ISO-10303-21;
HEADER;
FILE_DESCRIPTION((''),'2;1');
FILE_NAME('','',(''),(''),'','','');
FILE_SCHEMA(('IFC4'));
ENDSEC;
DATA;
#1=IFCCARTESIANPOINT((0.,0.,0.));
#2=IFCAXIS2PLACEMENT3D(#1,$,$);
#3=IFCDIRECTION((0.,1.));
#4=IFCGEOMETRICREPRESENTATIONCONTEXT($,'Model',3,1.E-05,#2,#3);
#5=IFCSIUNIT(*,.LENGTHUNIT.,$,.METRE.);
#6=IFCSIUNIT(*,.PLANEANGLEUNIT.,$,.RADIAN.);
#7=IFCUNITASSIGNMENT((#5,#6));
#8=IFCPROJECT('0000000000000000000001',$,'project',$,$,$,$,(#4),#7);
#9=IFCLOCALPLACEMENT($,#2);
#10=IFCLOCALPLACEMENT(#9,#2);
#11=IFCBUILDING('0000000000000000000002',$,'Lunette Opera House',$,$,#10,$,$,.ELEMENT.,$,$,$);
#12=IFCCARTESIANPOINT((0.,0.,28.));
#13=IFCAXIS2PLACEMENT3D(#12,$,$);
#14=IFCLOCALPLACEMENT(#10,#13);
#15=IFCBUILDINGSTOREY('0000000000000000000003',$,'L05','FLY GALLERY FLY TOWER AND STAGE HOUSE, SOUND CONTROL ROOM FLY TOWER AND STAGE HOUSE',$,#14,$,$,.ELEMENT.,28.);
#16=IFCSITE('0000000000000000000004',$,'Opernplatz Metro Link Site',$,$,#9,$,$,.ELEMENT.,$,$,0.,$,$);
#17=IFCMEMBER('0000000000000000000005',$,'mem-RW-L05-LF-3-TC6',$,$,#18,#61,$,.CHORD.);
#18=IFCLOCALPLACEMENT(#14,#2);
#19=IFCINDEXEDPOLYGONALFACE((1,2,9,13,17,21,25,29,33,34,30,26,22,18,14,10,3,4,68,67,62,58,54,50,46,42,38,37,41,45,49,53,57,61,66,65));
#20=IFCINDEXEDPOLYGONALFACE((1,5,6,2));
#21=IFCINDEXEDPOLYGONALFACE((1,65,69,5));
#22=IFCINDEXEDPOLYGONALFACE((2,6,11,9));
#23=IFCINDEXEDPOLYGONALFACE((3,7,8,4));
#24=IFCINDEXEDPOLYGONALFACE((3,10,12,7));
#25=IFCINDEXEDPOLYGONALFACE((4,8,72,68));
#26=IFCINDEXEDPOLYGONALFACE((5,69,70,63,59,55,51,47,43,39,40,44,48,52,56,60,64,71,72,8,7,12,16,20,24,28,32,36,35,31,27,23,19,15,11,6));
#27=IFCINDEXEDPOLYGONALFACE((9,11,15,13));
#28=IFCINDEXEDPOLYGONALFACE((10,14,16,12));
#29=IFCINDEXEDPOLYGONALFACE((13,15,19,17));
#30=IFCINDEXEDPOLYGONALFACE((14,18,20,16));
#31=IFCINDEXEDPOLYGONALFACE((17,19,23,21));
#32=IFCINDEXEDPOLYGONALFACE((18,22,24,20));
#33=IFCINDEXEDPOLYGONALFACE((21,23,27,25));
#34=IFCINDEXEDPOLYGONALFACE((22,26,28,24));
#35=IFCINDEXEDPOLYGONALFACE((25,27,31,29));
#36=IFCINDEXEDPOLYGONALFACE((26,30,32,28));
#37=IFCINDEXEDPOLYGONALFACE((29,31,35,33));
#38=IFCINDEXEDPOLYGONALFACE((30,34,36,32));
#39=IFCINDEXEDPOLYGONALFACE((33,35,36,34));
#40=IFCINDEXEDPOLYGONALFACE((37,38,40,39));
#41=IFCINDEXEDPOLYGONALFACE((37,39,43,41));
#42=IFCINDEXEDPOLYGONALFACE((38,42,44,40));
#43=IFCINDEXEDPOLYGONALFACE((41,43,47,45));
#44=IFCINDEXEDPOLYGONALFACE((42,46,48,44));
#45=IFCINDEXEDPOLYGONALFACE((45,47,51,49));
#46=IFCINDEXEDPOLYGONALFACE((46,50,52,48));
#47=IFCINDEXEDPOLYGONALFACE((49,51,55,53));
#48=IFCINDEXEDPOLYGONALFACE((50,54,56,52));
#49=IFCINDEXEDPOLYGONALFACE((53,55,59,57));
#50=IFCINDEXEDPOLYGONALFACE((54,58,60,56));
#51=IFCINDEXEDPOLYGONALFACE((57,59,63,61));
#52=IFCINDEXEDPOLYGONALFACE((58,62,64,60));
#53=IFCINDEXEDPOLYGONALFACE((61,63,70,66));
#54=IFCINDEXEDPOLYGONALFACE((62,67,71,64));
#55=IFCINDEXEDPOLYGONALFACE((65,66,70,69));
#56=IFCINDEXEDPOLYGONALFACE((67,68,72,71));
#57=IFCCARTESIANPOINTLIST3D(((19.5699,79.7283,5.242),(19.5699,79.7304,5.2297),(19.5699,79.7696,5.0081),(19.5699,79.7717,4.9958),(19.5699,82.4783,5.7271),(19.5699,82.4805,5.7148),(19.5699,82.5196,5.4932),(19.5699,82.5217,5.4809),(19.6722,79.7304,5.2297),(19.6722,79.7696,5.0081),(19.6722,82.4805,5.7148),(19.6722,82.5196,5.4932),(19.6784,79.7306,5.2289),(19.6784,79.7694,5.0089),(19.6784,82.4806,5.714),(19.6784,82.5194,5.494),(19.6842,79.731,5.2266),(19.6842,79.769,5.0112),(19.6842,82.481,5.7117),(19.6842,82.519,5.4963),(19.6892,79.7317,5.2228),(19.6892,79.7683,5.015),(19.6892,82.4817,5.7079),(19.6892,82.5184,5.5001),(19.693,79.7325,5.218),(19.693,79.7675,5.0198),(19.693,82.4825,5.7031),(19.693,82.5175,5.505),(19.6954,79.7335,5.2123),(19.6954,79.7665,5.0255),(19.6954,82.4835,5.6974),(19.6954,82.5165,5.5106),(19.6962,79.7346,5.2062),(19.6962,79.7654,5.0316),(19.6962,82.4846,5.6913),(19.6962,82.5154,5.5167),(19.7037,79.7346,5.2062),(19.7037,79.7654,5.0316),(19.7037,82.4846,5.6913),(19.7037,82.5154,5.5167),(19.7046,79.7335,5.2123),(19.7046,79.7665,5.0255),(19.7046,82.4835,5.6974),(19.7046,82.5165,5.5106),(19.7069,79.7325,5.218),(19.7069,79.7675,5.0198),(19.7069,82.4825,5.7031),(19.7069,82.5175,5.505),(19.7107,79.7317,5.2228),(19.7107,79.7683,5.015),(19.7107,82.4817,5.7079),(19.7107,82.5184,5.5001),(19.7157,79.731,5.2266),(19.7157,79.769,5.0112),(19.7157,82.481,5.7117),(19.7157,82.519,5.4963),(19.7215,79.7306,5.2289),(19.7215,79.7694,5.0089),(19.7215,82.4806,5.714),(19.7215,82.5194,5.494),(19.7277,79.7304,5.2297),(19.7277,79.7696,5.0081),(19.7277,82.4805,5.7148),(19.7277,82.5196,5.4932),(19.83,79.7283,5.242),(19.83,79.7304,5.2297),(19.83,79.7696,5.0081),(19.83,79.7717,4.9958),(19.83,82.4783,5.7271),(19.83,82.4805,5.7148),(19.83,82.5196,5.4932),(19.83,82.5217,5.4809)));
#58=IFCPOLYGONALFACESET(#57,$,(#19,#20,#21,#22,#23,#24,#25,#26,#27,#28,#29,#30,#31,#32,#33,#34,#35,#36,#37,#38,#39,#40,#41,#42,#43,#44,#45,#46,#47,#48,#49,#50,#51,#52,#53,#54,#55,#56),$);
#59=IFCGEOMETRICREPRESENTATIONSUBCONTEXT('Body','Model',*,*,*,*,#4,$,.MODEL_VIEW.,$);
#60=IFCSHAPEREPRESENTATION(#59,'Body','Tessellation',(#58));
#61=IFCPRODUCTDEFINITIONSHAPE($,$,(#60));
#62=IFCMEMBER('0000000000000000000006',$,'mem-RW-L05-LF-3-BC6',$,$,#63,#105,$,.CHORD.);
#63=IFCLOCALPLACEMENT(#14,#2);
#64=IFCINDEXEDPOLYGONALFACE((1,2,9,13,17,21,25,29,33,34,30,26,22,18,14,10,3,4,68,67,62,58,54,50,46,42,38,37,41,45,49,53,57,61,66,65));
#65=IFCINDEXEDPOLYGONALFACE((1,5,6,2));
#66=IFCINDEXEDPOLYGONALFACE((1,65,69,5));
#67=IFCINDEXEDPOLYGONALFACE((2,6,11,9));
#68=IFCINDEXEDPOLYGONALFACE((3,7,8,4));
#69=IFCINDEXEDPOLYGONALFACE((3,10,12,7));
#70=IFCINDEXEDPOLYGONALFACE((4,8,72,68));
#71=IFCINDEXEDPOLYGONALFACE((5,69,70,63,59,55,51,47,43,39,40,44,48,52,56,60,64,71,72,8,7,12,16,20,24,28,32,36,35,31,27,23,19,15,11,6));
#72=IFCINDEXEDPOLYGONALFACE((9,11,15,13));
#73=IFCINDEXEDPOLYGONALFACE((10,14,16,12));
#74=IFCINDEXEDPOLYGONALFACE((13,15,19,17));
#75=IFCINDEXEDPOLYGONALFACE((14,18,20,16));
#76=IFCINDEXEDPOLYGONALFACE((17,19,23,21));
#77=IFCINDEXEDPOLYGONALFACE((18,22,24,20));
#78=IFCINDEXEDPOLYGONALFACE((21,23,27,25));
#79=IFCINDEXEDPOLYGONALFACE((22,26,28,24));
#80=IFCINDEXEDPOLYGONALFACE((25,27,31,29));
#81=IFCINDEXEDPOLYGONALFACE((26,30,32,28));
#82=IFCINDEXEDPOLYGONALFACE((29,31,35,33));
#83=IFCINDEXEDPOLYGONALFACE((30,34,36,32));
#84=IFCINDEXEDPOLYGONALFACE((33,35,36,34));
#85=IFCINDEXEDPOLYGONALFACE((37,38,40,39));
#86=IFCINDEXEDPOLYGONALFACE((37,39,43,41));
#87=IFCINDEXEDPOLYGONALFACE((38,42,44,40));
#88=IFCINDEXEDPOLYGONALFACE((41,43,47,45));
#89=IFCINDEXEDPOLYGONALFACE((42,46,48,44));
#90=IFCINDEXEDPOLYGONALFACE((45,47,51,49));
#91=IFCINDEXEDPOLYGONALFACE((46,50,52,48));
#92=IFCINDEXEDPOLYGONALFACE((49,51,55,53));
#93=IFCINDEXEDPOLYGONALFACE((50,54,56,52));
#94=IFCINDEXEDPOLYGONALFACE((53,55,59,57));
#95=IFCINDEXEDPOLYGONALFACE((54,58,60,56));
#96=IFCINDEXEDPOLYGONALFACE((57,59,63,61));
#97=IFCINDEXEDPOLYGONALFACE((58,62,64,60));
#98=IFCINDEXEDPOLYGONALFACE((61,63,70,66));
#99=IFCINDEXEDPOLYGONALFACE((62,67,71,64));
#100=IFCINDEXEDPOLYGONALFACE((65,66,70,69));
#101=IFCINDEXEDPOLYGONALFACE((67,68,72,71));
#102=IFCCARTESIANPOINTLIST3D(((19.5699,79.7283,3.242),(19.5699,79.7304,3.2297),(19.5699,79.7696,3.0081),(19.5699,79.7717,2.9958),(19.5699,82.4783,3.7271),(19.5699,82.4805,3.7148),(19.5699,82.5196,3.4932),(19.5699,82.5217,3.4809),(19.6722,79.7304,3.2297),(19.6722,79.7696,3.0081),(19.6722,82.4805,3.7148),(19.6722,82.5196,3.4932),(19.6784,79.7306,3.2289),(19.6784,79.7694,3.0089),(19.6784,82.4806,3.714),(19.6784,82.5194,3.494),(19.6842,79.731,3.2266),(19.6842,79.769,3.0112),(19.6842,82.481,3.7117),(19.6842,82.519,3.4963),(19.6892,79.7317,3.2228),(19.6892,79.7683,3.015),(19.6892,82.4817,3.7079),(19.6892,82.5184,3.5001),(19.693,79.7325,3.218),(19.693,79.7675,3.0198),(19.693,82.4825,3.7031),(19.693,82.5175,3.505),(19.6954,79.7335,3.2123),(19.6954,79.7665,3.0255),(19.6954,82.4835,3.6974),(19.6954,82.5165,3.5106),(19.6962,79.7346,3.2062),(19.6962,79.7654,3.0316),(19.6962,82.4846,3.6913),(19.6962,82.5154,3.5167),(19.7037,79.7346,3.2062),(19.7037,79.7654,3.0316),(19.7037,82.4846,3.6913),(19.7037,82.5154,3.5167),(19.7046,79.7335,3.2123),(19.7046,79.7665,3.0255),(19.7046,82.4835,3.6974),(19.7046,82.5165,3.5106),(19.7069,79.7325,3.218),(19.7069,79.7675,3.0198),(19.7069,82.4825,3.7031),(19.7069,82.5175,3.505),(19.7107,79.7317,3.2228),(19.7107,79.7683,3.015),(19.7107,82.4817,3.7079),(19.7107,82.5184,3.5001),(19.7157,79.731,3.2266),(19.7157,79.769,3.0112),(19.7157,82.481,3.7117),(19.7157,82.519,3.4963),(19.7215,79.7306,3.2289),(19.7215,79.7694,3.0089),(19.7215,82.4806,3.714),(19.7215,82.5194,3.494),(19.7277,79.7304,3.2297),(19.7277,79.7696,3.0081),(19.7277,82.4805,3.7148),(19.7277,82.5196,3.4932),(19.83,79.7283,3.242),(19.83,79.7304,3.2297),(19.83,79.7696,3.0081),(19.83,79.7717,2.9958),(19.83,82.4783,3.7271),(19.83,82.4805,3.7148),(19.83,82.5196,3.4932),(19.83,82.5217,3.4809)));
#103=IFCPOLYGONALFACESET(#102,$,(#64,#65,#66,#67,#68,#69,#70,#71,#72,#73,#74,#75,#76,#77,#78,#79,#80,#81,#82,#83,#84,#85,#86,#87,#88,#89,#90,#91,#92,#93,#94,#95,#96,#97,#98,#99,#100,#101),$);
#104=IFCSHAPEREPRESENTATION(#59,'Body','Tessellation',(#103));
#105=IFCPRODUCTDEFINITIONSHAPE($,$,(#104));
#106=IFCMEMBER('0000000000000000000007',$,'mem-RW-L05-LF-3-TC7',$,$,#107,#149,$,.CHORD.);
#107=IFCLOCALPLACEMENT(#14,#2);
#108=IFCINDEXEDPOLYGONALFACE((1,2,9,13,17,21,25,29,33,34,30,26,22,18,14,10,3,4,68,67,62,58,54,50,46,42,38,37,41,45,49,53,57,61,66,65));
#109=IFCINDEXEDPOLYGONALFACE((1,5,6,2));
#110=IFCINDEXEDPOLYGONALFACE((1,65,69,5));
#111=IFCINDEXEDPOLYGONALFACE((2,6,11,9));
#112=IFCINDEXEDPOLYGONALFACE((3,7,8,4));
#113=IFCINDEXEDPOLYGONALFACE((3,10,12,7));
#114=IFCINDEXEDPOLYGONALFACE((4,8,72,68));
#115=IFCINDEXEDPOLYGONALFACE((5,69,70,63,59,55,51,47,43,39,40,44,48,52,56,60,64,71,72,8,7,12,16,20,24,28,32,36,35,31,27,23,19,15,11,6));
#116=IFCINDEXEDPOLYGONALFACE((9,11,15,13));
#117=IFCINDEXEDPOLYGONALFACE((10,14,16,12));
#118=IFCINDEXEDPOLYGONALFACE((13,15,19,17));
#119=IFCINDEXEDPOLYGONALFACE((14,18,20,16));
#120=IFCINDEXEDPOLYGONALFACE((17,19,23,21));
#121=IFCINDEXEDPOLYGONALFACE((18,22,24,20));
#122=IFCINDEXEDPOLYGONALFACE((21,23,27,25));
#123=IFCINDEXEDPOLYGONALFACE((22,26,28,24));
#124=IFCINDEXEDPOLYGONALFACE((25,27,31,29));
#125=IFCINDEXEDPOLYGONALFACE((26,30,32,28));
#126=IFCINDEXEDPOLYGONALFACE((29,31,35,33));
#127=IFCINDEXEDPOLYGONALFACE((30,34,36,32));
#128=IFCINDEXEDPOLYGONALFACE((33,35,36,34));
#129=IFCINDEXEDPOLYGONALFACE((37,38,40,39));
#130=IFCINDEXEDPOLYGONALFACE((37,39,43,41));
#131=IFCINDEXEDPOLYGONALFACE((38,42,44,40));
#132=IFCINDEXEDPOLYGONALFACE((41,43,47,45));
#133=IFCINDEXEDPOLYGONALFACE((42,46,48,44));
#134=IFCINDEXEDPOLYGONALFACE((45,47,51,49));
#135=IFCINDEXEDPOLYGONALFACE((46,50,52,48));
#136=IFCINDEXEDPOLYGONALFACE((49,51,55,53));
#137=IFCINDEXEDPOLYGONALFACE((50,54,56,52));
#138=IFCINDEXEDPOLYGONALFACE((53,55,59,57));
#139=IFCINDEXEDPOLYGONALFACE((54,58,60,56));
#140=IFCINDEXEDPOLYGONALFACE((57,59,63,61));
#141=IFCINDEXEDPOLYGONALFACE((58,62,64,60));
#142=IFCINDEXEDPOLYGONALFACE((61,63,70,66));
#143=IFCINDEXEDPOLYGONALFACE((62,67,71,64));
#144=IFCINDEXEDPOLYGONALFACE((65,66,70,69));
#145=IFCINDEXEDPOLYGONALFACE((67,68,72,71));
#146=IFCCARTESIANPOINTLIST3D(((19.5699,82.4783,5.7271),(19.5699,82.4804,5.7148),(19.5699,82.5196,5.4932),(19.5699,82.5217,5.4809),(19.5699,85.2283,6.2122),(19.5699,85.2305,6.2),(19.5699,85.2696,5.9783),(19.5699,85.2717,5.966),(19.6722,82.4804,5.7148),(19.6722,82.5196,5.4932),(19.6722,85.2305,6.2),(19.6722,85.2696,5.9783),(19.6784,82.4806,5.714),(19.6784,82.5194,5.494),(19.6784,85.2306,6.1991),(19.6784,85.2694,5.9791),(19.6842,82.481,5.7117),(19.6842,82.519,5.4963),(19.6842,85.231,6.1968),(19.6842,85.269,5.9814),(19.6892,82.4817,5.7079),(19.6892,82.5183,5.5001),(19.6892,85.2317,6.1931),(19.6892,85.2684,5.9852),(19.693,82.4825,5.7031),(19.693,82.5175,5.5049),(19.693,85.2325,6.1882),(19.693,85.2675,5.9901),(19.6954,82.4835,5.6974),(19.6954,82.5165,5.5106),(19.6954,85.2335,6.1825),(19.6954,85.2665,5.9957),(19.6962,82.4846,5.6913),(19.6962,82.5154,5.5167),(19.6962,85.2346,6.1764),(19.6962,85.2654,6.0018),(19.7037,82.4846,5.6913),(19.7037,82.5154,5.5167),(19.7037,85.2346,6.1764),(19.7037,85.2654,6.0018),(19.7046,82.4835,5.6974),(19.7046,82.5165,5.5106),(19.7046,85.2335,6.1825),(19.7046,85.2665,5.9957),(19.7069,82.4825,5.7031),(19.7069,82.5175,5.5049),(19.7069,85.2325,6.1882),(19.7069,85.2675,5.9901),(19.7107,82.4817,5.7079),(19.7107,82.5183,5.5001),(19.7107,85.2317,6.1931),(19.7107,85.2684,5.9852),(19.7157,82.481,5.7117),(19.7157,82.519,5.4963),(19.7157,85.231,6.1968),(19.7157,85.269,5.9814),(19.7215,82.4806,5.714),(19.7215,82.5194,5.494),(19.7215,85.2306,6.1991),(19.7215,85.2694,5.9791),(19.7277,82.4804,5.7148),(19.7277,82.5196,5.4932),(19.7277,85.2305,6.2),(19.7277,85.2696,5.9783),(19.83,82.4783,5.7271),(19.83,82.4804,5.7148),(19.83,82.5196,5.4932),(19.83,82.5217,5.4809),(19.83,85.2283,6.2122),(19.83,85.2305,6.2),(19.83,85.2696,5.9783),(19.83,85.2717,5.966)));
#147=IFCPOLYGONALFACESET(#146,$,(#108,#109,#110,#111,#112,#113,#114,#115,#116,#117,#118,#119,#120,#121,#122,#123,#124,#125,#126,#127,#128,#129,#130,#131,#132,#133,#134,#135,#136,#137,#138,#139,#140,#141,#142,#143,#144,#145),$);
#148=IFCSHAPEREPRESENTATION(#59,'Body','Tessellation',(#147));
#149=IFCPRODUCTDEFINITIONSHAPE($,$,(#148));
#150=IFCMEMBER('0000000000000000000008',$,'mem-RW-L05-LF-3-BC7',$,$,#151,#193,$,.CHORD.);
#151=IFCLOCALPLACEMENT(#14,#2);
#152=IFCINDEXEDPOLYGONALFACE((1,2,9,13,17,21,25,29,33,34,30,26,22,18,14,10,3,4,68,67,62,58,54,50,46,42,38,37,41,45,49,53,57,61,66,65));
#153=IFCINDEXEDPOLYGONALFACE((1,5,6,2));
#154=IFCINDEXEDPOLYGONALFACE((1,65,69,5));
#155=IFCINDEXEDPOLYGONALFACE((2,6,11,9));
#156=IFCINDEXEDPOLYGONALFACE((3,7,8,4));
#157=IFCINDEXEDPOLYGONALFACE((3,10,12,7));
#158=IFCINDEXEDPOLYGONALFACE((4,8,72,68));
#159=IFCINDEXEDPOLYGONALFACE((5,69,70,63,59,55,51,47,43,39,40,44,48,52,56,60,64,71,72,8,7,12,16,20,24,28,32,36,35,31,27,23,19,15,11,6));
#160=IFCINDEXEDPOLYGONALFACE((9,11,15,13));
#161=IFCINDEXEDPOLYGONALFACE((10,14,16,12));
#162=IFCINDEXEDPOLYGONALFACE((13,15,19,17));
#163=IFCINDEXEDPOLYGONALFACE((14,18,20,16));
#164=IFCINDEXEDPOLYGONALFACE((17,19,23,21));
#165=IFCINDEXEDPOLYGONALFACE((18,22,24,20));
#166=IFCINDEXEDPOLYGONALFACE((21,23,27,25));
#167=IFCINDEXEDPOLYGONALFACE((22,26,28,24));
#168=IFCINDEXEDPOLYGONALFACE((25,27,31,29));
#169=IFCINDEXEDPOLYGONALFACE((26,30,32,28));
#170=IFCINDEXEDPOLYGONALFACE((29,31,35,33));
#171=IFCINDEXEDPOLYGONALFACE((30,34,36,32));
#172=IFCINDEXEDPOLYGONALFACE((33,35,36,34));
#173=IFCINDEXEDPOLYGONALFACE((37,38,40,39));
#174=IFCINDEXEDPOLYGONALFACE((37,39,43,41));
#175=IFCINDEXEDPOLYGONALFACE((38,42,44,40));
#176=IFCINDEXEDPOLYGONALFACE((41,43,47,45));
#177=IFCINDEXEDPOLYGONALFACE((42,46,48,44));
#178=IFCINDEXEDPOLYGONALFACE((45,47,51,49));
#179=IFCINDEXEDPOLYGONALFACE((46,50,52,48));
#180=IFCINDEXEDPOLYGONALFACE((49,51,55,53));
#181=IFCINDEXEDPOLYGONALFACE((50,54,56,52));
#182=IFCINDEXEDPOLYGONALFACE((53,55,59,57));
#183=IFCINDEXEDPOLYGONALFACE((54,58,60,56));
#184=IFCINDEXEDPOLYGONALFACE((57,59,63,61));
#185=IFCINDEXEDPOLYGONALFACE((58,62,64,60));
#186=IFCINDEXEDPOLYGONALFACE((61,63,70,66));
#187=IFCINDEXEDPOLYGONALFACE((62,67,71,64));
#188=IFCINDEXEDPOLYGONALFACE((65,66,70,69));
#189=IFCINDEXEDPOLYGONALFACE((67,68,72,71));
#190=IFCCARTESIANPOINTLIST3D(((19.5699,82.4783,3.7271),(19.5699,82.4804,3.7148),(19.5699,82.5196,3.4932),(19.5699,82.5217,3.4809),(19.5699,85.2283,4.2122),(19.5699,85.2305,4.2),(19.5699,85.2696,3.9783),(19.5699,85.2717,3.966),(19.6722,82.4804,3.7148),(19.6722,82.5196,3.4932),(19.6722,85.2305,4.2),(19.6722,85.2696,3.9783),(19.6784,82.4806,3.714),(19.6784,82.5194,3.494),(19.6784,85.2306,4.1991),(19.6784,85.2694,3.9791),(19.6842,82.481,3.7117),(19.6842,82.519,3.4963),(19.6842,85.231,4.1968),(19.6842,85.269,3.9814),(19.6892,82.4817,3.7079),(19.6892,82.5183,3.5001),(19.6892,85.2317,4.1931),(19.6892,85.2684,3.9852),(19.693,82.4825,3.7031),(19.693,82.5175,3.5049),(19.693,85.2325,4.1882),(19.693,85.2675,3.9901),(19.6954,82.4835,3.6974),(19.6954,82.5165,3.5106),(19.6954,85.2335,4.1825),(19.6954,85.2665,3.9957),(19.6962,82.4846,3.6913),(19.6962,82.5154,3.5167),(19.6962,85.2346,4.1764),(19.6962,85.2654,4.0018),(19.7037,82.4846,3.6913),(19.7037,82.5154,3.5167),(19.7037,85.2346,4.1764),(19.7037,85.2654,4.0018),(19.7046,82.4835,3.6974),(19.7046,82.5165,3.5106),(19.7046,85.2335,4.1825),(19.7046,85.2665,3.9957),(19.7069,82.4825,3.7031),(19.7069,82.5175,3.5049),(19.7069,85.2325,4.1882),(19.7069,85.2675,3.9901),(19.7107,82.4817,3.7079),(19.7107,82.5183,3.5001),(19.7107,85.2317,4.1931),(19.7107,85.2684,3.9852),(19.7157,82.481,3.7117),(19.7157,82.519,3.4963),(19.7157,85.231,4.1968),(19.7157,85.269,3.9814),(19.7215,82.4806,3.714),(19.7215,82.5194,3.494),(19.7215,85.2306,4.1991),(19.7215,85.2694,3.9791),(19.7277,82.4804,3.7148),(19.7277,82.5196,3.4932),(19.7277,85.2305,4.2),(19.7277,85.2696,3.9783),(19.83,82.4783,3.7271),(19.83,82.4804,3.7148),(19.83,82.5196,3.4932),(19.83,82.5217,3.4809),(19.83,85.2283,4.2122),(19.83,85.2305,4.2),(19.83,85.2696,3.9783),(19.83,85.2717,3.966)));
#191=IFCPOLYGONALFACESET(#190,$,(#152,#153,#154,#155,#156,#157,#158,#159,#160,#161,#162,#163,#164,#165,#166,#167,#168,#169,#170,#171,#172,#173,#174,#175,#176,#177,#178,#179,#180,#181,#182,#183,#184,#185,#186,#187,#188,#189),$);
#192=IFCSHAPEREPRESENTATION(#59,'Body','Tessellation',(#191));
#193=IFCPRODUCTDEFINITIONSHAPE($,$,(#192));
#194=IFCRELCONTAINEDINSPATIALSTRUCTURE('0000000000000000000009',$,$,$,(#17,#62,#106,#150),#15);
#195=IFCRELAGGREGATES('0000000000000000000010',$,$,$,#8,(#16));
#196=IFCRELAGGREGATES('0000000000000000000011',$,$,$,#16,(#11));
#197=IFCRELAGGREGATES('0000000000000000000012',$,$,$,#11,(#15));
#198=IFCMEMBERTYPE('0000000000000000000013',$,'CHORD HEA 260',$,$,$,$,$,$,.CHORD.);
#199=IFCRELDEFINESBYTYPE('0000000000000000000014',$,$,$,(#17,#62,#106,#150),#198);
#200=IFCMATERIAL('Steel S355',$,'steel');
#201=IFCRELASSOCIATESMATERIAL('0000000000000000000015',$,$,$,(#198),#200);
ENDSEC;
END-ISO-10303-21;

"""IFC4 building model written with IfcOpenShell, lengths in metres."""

from ifc_helpers import new_model, si_unit, direction, frame, origin, origin_2d, place, context, subcontext, project, spatial, i_section, extrude, material, material_profile, profile_set, type_object, element, save


model = new_model("IFC4")

# Units and contexts
model_context = context("Model", 3, precision=1e-05, world=origin(), true_north=direction((0.0, 1.0)))
body_context = subcontext(model_context, "Body", "Model", "MODEL_VIEW")
ifc_project = project(units=[si_unit("LENGTHUNIT", "METRE"), si_unit("PLANEANGLEUNIT", "RADIAN")], contexts=[model_context])

# Site, building, storey
site_placement = place(None, origin())
site = spatial("IfcSite", under=ifc_project, at=site_placement, Name="Opernplatz Metro Link Site", CompositionType="ELEMENT", RefElevation=0.0)
building_placement = place(site_placement, origin())
building = spatial("IfcBuilding", under=site, at=building_placement, Name="Lunette Opera House", CompositionType="ELEMENT")
storey_placement = place(building_placement, frame((0.0, 0.0, 28.0)))
storey = spatial("IfcBuildingStorey", under=building, at=storey_placement, Name="L05", Description="FLY GALLERY FLY TOWER AND STAGE HOUSE, SOUND CONTROL ROOM FLY TOWER AND STAGE HOUSE", CompositionType="ELEMENT", Elevation=28.0)

# Members
ifc_material_1 = material(Name="Steel S355", Category="steel")
ifc_material_profile_1 = material_profile(ifc_material_1, i_section(OverallWidth=0.26, OverallDepth=0.25, WebThickness=0.0076, FlangeThickness=0.0125, FilletRadius=0.0239, at=origin_2d()), Name="HEA 260")
ifc_profile_set_1 = profile_set([ifc_material_profile_1], Name="Steel S355")
member_type_1 = type_object("IfcMemberType", Name="CHORD HEA 260", PredefinedType="CHORD", material=ifc_profile_set_1)
for number, where, z_axis, x_axis, name in (
    (1, (19.7, 79.75, 5.1189), (0.0, 0.984795, 0.17372), (-1.0, 0.0, 0.0), "mem-RW-L05-LF-3-TC6"),
    (2, (19.7, 79.75, 3.1189), (0.0, 0.984795, 0.17372), (-1.0, 0.0, 0.0), "mem-RW-L05-LF-3-BC6"),
    (3, (19.7, 82.5, 5.604), (0.0, 0.984795, 0.17372), (-1.0, 0.0, 0.0), "mem-RW-L05-LF-3-TC7"),
    (4, (19.7, 82.5, 3.604), (0.0, 0.984795, 0.17372), (-1.0, 0.0, 0.0), "mem-RW-L05-LF-3-BC7"),
):
    element("IfcMember", number, at=place(storey_placement, frame(where, z_axis=z_axis, x_axis=x_axis)), inside=storey, type_object=member_type_1, Name=name, PredefinedType="CHORD", context=body_context, shape_type="SweptSolid", body=[
        extrude(i_section(OverallWidth=0.26, OverallDepth=0.25, WebThickness=0.0076, FlangeThickness=0.0125, FilletRadius=0.0239, at=origin_2d()), origin(), (0.0, 0.0, 1.0), 2.7925),
    ])

save(model, "model.ifc")
